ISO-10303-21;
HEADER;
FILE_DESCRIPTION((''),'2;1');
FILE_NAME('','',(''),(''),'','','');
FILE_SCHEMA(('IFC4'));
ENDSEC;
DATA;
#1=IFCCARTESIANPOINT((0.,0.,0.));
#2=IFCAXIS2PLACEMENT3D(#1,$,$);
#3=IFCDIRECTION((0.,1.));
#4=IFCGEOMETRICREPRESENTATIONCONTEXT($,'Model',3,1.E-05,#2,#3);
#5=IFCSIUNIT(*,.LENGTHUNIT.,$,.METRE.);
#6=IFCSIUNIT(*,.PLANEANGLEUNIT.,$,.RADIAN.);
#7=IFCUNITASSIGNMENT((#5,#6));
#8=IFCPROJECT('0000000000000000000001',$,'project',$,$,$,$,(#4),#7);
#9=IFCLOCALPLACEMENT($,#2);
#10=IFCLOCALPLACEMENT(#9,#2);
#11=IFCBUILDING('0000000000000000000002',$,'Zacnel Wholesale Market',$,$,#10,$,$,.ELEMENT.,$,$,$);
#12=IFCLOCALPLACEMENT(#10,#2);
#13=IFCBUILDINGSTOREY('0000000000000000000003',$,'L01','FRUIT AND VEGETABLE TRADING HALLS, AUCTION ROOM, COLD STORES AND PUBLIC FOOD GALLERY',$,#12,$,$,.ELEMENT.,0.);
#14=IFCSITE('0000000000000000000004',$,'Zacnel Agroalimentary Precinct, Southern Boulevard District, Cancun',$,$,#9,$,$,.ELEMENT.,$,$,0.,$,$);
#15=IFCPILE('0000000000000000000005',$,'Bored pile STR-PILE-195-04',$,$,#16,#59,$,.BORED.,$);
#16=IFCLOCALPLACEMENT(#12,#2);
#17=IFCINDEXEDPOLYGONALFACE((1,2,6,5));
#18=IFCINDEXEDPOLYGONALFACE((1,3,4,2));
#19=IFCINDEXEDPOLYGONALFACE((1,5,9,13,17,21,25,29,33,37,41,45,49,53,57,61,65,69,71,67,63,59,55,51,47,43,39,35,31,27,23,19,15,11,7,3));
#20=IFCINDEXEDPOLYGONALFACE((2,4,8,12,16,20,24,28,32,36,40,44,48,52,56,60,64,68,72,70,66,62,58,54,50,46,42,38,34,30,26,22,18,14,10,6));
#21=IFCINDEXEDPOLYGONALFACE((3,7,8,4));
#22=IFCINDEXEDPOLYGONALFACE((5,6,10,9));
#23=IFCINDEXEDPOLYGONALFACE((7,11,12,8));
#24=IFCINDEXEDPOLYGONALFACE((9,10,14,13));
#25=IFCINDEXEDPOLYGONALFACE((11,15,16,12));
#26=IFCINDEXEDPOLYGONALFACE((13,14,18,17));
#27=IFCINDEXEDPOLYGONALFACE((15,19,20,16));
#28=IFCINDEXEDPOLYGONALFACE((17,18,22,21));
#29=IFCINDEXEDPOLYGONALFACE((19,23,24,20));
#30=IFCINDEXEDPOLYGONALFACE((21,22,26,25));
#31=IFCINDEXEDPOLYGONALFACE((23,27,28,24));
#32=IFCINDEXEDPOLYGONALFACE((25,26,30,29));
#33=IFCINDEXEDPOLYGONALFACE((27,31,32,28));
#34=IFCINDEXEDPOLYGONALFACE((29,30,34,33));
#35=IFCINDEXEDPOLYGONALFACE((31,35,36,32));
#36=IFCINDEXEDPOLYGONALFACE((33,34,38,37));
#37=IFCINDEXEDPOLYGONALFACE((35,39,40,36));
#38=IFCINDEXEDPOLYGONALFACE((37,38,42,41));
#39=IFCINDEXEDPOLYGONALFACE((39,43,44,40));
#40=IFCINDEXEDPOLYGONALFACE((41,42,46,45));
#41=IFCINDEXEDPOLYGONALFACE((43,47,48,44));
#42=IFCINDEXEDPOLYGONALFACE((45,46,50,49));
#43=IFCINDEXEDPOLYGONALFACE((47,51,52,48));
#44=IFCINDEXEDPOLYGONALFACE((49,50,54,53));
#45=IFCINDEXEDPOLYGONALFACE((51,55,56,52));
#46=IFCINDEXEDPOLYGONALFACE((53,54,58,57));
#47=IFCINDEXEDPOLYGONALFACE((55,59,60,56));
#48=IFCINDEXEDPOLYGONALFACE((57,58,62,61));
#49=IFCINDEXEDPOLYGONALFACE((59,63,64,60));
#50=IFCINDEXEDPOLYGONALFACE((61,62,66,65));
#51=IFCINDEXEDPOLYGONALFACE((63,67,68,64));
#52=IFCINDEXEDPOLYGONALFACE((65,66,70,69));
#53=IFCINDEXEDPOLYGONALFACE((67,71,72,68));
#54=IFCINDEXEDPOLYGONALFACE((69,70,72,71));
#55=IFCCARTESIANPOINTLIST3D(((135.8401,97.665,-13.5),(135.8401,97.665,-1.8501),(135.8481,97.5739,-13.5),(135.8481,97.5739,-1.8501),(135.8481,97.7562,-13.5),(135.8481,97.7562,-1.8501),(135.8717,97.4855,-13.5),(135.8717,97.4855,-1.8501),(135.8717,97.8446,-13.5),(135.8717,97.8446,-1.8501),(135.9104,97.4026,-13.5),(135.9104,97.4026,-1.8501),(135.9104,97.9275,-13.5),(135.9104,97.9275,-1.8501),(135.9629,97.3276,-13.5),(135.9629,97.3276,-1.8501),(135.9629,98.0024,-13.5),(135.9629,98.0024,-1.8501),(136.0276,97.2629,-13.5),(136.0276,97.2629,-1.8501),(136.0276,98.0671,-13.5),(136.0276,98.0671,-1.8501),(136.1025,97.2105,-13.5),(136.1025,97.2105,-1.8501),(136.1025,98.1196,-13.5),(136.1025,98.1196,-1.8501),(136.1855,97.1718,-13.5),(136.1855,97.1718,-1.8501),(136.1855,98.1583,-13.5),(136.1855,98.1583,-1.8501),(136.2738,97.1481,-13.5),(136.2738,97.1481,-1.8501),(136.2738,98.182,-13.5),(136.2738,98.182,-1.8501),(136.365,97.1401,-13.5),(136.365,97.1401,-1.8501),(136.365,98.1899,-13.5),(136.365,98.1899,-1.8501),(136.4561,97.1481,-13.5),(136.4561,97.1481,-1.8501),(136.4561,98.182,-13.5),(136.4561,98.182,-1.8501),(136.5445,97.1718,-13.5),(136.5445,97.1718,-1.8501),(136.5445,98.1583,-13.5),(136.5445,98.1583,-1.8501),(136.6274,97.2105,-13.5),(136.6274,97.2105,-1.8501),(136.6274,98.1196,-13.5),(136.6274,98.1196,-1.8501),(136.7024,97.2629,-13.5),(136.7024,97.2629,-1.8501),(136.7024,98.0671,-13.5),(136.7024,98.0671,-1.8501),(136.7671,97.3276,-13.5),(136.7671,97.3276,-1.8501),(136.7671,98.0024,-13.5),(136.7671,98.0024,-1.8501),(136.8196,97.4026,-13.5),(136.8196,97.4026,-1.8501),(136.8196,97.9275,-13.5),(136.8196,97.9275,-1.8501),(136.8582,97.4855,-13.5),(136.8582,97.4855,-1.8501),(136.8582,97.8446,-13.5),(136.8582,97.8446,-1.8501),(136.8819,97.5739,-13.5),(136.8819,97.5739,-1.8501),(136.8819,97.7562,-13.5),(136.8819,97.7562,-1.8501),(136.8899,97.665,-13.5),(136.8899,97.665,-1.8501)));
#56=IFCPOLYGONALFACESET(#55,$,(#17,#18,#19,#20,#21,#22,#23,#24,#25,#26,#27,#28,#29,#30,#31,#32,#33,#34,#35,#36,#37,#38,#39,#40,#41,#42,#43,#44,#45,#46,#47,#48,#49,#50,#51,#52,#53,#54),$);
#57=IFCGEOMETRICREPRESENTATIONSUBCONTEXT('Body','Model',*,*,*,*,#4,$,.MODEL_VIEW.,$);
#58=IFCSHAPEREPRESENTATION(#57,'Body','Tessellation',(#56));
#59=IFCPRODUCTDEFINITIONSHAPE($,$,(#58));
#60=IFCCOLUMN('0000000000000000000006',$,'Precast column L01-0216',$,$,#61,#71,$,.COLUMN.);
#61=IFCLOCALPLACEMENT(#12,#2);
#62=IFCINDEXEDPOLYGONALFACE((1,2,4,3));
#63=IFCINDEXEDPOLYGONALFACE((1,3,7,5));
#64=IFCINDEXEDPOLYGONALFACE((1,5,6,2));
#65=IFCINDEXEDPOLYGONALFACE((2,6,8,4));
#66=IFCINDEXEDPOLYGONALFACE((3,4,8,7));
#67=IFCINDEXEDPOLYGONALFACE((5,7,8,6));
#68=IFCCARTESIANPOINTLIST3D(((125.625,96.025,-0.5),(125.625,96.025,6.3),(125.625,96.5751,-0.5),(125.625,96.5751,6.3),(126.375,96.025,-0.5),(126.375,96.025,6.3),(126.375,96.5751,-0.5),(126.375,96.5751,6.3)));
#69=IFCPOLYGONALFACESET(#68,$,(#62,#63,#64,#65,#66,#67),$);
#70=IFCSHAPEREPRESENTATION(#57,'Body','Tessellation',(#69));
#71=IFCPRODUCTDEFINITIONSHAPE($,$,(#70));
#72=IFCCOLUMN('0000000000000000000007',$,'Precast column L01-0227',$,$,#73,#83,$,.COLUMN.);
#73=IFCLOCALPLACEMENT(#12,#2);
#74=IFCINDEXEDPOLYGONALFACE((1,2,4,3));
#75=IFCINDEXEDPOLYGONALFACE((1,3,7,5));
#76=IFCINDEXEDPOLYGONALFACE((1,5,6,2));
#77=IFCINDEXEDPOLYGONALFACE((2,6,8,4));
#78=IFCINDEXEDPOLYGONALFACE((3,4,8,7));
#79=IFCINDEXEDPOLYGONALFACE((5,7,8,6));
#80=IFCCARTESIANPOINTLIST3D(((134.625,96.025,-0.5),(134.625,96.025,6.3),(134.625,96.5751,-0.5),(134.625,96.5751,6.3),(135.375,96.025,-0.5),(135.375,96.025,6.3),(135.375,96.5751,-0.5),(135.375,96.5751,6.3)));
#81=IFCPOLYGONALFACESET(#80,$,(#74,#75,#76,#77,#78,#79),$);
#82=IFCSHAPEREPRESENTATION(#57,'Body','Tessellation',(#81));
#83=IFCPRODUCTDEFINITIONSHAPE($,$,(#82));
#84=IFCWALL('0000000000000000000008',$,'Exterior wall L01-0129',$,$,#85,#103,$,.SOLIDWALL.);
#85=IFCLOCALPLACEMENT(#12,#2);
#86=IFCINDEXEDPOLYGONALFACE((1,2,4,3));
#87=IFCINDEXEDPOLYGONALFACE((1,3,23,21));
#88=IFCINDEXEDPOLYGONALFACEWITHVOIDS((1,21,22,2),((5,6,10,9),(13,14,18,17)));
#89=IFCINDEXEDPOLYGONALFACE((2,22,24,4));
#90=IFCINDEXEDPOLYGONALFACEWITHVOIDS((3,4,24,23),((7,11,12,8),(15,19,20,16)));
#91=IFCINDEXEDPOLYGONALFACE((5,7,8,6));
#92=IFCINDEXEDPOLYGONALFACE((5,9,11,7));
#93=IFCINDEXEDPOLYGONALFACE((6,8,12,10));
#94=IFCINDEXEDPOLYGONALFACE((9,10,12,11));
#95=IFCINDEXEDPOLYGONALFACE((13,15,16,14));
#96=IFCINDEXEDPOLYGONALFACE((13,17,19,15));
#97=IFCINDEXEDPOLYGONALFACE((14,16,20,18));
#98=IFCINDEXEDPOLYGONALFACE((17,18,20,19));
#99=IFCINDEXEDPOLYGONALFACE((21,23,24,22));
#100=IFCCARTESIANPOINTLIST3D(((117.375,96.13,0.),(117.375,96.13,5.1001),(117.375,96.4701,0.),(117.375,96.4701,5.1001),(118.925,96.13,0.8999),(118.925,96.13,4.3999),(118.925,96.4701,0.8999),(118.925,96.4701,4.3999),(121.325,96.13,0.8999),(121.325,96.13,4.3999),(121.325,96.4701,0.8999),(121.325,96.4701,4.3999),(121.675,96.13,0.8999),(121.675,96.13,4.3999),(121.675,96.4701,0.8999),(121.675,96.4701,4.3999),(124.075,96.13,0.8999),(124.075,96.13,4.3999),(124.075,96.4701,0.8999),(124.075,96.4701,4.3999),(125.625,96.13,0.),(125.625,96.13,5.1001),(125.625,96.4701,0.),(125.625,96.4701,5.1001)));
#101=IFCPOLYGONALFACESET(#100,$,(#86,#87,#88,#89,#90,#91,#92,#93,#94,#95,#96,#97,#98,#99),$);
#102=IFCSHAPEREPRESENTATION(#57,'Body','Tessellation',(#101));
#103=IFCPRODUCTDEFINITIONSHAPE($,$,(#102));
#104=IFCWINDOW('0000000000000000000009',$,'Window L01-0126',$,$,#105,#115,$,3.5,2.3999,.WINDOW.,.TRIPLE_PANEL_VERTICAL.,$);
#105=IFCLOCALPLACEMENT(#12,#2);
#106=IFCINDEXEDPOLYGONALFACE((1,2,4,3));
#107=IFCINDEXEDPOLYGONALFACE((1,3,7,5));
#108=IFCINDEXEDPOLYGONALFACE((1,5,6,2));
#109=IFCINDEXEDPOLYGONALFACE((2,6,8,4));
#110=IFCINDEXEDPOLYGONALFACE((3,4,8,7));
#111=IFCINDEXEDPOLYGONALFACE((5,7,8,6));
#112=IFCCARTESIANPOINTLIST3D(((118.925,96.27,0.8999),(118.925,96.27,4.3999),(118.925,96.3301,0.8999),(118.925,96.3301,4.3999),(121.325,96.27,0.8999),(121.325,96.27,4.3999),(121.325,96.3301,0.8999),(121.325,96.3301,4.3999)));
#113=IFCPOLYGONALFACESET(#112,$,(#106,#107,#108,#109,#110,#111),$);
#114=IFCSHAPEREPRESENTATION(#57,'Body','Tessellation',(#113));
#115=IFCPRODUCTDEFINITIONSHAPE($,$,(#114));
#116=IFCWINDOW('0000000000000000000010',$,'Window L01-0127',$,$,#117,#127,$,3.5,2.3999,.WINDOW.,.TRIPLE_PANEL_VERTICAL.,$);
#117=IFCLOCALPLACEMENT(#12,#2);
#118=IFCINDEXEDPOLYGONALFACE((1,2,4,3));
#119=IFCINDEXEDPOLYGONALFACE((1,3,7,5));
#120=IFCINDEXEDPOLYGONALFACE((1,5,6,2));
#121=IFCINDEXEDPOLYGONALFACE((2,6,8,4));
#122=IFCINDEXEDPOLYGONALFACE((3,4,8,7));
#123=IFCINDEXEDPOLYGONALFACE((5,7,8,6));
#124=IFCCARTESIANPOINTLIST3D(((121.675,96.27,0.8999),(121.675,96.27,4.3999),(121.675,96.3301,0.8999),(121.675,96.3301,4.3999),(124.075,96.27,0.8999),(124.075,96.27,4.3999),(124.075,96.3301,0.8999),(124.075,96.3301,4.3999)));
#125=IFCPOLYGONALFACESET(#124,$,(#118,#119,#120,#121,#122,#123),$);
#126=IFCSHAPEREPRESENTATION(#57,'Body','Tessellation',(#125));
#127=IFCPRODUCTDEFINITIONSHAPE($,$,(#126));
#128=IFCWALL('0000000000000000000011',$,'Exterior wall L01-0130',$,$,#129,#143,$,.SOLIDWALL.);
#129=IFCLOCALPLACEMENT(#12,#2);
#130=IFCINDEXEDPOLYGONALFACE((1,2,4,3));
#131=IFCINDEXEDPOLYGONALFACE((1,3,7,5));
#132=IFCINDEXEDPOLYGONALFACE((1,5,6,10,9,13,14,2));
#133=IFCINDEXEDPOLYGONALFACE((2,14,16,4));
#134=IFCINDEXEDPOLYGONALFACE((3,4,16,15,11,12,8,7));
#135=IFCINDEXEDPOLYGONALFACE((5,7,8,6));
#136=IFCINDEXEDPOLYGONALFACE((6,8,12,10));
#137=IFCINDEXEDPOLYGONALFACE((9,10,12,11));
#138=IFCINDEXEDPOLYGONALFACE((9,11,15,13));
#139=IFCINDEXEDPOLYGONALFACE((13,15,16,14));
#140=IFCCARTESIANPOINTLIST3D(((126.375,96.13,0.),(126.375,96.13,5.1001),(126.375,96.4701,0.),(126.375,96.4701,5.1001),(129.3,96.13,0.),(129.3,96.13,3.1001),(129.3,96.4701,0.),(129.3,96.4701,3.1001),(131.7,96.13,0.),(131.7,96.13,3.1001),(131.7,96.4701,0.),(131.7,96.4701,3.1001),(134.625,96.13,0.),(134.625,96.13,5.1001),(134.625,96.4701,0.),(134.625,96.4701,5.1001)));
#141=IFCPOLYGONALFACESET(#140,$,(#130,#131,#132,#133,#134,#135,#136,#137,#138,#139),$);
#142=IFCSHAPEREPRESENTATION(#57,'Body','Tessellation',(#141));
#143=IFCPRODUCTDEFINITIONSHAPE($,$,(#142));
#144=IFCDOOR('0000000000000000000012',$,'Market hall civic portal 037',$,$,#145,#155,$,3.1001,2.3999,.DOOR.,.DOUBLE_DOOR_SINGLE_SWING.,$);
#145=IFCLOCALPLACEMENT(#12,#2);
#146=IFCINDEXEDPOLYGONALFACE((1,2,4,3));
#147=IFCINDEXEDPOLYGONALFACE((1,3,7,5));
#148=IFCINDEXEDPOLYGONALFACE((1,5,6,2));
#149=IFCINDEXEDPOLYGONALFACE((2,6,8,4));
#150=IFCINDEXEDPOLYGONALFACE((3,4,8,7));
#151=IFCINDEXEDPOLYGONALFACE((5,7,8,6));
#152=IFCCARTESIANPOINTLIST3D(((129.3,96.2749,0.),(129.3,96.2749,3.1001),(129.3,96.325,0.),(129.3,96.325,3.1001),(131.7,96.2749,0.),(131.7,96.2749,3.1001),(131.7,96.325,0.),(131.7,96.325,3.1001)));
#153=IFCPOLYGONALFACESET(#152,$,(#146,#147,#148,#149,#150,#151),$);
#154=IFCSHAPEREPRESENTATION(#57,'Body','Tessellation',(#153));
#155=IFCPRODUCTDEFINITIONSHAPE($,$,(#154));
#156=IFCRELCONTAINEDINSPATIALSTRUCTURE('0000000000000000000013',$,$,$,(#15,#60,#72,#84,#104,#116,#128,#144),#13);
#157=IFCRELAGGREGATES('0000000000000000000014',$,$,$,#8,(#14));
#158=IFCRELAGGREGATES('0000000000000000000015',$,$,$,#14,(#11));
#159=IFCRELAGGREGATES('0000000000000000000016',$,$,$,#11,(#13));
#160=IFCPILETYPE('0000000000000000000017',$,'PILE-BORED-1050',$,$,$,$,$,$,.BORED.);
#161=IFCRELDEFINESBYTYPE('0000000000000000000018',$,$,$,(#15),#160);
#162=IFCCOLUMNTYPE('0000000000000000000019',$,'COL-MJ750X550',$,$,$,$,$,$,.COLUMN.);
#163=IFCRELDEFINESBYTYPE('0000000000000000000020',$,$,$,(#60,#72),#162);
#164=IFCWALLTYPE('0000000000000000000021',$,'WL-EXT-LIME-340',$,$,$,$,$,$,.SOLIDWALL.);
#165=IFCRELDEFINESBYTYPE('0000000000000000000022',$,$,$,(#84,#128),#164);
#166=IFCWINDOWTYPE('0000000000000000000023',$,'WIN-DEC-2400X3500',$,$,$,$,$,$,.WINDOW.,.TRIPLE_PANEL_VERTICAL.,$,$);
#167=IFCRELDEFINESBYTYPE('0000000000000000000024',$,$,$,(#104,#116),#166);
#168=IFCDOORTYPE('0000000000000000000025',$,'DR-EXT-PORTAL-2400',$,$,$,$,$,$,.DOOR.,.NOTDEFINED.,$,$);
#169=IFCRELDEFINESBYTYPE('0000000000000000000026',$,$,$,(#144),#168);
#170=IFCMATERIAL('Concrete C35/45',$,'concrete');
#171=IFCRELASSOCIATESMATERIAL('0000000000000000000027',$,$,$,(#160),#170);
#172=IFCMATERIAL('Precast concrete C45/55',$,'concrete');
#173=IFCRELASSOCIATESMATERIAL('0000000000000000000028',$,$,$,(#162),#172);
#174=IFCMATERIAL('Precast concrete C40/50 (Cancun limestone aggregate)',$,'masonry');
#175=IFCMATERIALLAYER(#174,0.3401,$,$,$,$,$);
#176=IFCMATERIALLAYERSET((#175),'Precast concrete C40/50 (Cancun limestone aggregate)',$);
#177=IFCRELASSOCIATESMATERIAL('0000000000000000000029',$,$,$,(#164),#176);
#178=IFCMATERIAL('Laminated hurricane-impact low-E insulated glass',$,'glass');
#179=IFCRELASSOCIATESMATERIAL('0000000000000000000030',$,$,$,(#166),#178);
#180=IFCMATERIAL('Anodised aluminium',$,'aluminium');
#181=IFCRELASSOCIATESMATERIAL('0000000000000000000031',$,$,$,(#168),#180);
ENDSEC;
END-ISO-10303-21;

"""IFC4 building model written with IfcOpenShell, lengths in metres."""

from ifc_helpers import new_model, si_unit, direction, frame, frame_2d, origin, origin_2d, place, context, subcontext, project, spatial, rectangle, circle, extrude, material, layer, layer_set, material_profile, profile_set, type_object, element, fill, save


model = new_model("IFC4")

# Units and contexts
model_context = context("Model", 3, precision=1e-05, world=origin(), true_north=direction((0.0, 1.0)))
body_context = subcontext(model_context, "Body", "Model", "MODEL_VIEW")
ifc_project = project(units=[si_unit("LENGTHUNIT", "METRE"), si_unit("PLANEANGLEUNIT", "RADIAN")], contexts=[model_context])

# Site, building, storey
site_placement = place(None, origin())
site = spatial("IfcSite", under=ifc_project, at=site_placement, Name="Zacnel Agroalimentary Precinct, Southern Boulevard District, Cancun", CompositionType="ELEMENT", RefElevation=0.0)
building_placement = place(site_placement, origin())
building = spatial("IfcBuilding", under=site, at=building_placement, Name="Zacnel Wholesale Market", CompositionType="ELEMENT")
storey_placement = place(building_placement, origin())
storey = spatial("IfcBuildingStorey", under=building, at=storey_placement, Name="L01", Description="FRUIT AND VEGETABLE TRADING HALLS, AUCTION ROOM, COLD STORES AND PUBLIC FOOD GALLERY", CompositionType="ELEMENT", Elevation=0.0)

# Pile
ifc_material_1 = material(Name="Concrete C35/45", Category="concrete")
ifc_material_profile_1 = material_profile(ifc_material_1, circle(Radius=0.5249, at=origin_2d()), Name="BORED PILE D1050")
ifc_profile_set_1 = profile_set([ifc_material_profile_1], Name="Concrete C35/45")
pile_type = type_object("IfcPileType", Name="PILE-BORED-1050", PredefinedType="BORED", material=ifc_profile_set_1)
for number, where, z_axis, x_axis, name in (
    (1, (136.365, 97.665, -1.8501), (0.0, 0.0, -1.0), (1.0, 0.0, 0.0), "Bored pile STR-PILE-195-04"),
):
    element("IfcPile", number, at=place(storey_placement, frame(where, z_axis=z_axis, x_axis=x_axis)), inside=storey, type_object=pile_type, Name=name, PredefinedType="BORED", context=body_context, shape_type="SweptSolid", body=[
        extrude(circle(Radius=0.5249, at=origin_2d()), origin(), (0.0, 0.0, 1.0), 11.6499),
    ])

# Columns
ifc_material_2 = material(Name="Precast concrete C45/55", Category="concrete")
ifc_material_profile_2 = material_profile(ifc_material_2, rectangle(XDim=0.75, YDim=0.55, at=origin_2d()), Name="PC 750x550")
ifc_profile_set_2 = profile_set([ifc_material_profile_2], Name="Precast concrete C45/55")
column_type = type_object("IfcColumnType", Name="COL-MJ750X550", PredefinedType="COLUMN", material=ifc_profile_set_2)
for number, where, z_axis, x_axis, name in (
    (2, (126.0, 96.3, -0.5), (0.0, 0.0, 1.0), (1.0, 0.0, 0.0), "Precast column L01-0216"),
    (3, (135.0, 96.3, -0.5), (0.0, 0.0, 1.0), (1.0, 0.0, 0.0), "Precast column L01-0227"),
):
    element("IfcColumn", number, at=place(storey_placement, frame(where, z_axis=z_axis, x_axis=x_axis)), inside=storey, type_object=column_type, Name=name, PredefinedType="COLUMN", context=body_context, shape_type="SweptSolid", body=[
        extrude(rectangle(XDim=0.75, YDim=0.55, at=origin_2d()), origin(), (0.0, 0.0, 1.0), 6.8),
    ])

# Wall, openings, windows
ifc_material_3 = material(Name="Precast concrete C40/50 (Cancun limestone aggregate)", Category="masonry")
ifc_layer_1 = layer(ifc_material_3, 0.3401)
ifc_layer_set_1 = layer_set([ifc_layer_1], Name="Precast concrete C40/50 (Cancun limestone aggregate)")
wall_type = type_object("IfcWallType", Name="WL-EXT-LIME-340", PredefinedType="SOLIDWALL", material=ifc_layer_set_1)
wall_1_placement = place(storey_placement, frame((117.375, 96.3, 0.0), z_axis=(0.0, 0.0, 1.0), x_axis=(1.0, 0.0, 0.0)))
wall_1 = element("IfcWall", 4, at=wall_1_placement, inside=storey, type_object=wall_type, Name="Exterior wall L01-0129", PredefinedType="SOLIDWALL", context=body_context, shape_type="SweptSolid", body=[
    extrude(rectangle(XDim=8.25, YDim=0.3401, at=frame_2d((4.125, 0.0))), origin(), (0.0, 0.0, 1.0), 5.1001),
])
opening_1_placement = place(wall_1_placement, frame((1.55, 0.0, 0.8999)))
opening_1 = element("IfcOpeningElement", 5, at=opening_1_placement, cuts=wall_1, PredefinedType="OPENING", context=body_context, shape_type="SweptSolid", body=[
    extrude(rectangle(XDim=2.3999, YDim=3.5, at=frame_2d((1.2, 1.75))), frame((0.0, 0.1799, 0.0), z_axis=(0.0, -1.0, 0.0), x_axis=(1.0, 0.0, 0.0)), (0.0, 0.0, 1.0), 0.3601),
])
opening_2_placement = place(wall_1_placement, frame((4.3, 0.0, 0.8999)))
opening_2 = element("IfcOpeningElement", 6, at=opening_2_placement, cuts=wall_1, PredefinedType="OPENING", context=body_context, shape_type="SweptSolid", body=[
    extrude(rectangle(XDim=2.3999, YDim=3.5, at=frame_2d((1.2, 1.75))), frame((0.0, 0.1799, 0.0), z_axis=(0.0, -1.0, 0.0), x_axis=(1.0, 0.0, 0.0)), (0.0, 0.0, 1.0), 0.3601),
])
ifc_material_4 = material(Name="Laminated hurricane-impact low-E insulated glass", Category="glass")
window_type = type_object("IfcWindowType", Name="WIN-DEC-2400X3500", PartitioningType="TRIPLE_PANEL_VERTICAL", PredefinedType="WINDOW", material=ifc_material_4)
window_1_placement = place(opening_1_placement, origin())
window_1 = element("IfcWindow", 7, at=window_1_placement, inside=storey, type_object=window_type, Name="Window L01-0126", OverallHeight=3.5, OverallWidth=2.3999, PartitioningType="TRIPLE_PANEL_VERTICAL", PredefinedType="WINDOW", context=body_context, shape_type="SweptSolid", body=[
    extrude(rectangle(XDim=2.3999, YDim=3.5, at=frame_2d((1.2, 1.75))), frame((0.0, 0.03, 0.0), z_axis=(0.0, -1.0, 0.0), x_axis=(1.0, 0.0, 0.0)), (0.0, 0.0, 1.0), 0.0601),
])
fill(opening_1, window_1)
window_2_placement = place(opening_2_placement, origin())
window_2 = element("IfcWindow", 8, at=window_2_placement, inside=storey, type_object=window_type, Name="Window L01-0127", OverallHeight=3.5, OverallWidth=2.3999, PartitioningType="TRIPLE_PANEL_VERTICAL", PredefinedType="WINDOW", context=body_context, shape_type="SweptSolid", body=[
    extrude(rectangle(XDim=2.3999, YDim=3.5, at=frame_2d((1.2, 1.75))), frame((0.0, 0.03, 0.0), z_axis=(0.0, -1.0, 0.0), x_axis=(1.0, 0.0, 0.0)), (0.0, 0.0, 1.0), 0.0601),
])
fill(opening_2, window_2)

# Wall, opening, door
wall_2_placement = place(storey_placement, frame((126.375, 96.3, 0.0), z_axis=(0.0, 0.0, 1.0), x_axis=(1.0, 0.0, 0.0)))
wall_2 = element("IfcWall", 9, at=wall_2_placement, inside=storey, type_object=wall_type, Name="Exterior wall L01-0130", PredefinedType="SOLIDWALL", context=body_context, shape_type="SweptSolid", body=[
    extrude(rectangle(XDim=8.25, YDim=0.3401, at=frame_2d((4.125, 0.0))), origin(), (0.0, 0.0, 1.0), 5.1001),
])
opening_3_placement = place(wall_2_placement, frame((2.925, 0.0, 0.0)))
opening_3 = element("IfcOpeningElement", 10, at=opening_3_placement, cuts=wall_2, PredefinedType="OPENING", context=body_context, shape_type="SweptSolid", body=[
    extrude(rectangle(XDim=2.3999, YDim=3.1001, at=frame_2d((1.2, 1.55))), frame((0.0, 0.1799, 0.0), z_axis=(0.0, -1.0, 0.0), x_axis=(1.0, 0.0, 0.0)), (0.0, 0.0, 1.0), 0.3601),
])
ifc_material_5 = material(Name="Anodised aluminium", Category="aluminium")
door_type = type_object("IfcDoorType", Name="DR-EXT-PORTAL-2400", OperationType="NOTDEFINED", PredefinedType="DOOR", material=ifc_material_5)
door_placement = place(opening_3_placement, origin())
door = element("IfcDoor", 11, at=door_placement, inside=storey, type_object=door_type, Name="Market hall civic portal 037", OperationType="DOUBLE_DOOR_SINGLE_SWING", OverallHeight=3.1001, OverallWidth=2.3999, PredefinedType="DOOR", context=body_context, shape_type="SweptSolid", body=[
    extrude(rectangle(XDim=2.3999, YDim=3.1001, at=frame_2d((1.2, 1.55))), frame((0.0, 0.0249, 0.0), z_axis=(0.0, -1.0, 0.0), x_axis=(1.0, 0.0, 0.0)), (0.0, 0.0, 1.0), 0.05),
])
fill(opening_3, door)

save(model, "model.ifc")
